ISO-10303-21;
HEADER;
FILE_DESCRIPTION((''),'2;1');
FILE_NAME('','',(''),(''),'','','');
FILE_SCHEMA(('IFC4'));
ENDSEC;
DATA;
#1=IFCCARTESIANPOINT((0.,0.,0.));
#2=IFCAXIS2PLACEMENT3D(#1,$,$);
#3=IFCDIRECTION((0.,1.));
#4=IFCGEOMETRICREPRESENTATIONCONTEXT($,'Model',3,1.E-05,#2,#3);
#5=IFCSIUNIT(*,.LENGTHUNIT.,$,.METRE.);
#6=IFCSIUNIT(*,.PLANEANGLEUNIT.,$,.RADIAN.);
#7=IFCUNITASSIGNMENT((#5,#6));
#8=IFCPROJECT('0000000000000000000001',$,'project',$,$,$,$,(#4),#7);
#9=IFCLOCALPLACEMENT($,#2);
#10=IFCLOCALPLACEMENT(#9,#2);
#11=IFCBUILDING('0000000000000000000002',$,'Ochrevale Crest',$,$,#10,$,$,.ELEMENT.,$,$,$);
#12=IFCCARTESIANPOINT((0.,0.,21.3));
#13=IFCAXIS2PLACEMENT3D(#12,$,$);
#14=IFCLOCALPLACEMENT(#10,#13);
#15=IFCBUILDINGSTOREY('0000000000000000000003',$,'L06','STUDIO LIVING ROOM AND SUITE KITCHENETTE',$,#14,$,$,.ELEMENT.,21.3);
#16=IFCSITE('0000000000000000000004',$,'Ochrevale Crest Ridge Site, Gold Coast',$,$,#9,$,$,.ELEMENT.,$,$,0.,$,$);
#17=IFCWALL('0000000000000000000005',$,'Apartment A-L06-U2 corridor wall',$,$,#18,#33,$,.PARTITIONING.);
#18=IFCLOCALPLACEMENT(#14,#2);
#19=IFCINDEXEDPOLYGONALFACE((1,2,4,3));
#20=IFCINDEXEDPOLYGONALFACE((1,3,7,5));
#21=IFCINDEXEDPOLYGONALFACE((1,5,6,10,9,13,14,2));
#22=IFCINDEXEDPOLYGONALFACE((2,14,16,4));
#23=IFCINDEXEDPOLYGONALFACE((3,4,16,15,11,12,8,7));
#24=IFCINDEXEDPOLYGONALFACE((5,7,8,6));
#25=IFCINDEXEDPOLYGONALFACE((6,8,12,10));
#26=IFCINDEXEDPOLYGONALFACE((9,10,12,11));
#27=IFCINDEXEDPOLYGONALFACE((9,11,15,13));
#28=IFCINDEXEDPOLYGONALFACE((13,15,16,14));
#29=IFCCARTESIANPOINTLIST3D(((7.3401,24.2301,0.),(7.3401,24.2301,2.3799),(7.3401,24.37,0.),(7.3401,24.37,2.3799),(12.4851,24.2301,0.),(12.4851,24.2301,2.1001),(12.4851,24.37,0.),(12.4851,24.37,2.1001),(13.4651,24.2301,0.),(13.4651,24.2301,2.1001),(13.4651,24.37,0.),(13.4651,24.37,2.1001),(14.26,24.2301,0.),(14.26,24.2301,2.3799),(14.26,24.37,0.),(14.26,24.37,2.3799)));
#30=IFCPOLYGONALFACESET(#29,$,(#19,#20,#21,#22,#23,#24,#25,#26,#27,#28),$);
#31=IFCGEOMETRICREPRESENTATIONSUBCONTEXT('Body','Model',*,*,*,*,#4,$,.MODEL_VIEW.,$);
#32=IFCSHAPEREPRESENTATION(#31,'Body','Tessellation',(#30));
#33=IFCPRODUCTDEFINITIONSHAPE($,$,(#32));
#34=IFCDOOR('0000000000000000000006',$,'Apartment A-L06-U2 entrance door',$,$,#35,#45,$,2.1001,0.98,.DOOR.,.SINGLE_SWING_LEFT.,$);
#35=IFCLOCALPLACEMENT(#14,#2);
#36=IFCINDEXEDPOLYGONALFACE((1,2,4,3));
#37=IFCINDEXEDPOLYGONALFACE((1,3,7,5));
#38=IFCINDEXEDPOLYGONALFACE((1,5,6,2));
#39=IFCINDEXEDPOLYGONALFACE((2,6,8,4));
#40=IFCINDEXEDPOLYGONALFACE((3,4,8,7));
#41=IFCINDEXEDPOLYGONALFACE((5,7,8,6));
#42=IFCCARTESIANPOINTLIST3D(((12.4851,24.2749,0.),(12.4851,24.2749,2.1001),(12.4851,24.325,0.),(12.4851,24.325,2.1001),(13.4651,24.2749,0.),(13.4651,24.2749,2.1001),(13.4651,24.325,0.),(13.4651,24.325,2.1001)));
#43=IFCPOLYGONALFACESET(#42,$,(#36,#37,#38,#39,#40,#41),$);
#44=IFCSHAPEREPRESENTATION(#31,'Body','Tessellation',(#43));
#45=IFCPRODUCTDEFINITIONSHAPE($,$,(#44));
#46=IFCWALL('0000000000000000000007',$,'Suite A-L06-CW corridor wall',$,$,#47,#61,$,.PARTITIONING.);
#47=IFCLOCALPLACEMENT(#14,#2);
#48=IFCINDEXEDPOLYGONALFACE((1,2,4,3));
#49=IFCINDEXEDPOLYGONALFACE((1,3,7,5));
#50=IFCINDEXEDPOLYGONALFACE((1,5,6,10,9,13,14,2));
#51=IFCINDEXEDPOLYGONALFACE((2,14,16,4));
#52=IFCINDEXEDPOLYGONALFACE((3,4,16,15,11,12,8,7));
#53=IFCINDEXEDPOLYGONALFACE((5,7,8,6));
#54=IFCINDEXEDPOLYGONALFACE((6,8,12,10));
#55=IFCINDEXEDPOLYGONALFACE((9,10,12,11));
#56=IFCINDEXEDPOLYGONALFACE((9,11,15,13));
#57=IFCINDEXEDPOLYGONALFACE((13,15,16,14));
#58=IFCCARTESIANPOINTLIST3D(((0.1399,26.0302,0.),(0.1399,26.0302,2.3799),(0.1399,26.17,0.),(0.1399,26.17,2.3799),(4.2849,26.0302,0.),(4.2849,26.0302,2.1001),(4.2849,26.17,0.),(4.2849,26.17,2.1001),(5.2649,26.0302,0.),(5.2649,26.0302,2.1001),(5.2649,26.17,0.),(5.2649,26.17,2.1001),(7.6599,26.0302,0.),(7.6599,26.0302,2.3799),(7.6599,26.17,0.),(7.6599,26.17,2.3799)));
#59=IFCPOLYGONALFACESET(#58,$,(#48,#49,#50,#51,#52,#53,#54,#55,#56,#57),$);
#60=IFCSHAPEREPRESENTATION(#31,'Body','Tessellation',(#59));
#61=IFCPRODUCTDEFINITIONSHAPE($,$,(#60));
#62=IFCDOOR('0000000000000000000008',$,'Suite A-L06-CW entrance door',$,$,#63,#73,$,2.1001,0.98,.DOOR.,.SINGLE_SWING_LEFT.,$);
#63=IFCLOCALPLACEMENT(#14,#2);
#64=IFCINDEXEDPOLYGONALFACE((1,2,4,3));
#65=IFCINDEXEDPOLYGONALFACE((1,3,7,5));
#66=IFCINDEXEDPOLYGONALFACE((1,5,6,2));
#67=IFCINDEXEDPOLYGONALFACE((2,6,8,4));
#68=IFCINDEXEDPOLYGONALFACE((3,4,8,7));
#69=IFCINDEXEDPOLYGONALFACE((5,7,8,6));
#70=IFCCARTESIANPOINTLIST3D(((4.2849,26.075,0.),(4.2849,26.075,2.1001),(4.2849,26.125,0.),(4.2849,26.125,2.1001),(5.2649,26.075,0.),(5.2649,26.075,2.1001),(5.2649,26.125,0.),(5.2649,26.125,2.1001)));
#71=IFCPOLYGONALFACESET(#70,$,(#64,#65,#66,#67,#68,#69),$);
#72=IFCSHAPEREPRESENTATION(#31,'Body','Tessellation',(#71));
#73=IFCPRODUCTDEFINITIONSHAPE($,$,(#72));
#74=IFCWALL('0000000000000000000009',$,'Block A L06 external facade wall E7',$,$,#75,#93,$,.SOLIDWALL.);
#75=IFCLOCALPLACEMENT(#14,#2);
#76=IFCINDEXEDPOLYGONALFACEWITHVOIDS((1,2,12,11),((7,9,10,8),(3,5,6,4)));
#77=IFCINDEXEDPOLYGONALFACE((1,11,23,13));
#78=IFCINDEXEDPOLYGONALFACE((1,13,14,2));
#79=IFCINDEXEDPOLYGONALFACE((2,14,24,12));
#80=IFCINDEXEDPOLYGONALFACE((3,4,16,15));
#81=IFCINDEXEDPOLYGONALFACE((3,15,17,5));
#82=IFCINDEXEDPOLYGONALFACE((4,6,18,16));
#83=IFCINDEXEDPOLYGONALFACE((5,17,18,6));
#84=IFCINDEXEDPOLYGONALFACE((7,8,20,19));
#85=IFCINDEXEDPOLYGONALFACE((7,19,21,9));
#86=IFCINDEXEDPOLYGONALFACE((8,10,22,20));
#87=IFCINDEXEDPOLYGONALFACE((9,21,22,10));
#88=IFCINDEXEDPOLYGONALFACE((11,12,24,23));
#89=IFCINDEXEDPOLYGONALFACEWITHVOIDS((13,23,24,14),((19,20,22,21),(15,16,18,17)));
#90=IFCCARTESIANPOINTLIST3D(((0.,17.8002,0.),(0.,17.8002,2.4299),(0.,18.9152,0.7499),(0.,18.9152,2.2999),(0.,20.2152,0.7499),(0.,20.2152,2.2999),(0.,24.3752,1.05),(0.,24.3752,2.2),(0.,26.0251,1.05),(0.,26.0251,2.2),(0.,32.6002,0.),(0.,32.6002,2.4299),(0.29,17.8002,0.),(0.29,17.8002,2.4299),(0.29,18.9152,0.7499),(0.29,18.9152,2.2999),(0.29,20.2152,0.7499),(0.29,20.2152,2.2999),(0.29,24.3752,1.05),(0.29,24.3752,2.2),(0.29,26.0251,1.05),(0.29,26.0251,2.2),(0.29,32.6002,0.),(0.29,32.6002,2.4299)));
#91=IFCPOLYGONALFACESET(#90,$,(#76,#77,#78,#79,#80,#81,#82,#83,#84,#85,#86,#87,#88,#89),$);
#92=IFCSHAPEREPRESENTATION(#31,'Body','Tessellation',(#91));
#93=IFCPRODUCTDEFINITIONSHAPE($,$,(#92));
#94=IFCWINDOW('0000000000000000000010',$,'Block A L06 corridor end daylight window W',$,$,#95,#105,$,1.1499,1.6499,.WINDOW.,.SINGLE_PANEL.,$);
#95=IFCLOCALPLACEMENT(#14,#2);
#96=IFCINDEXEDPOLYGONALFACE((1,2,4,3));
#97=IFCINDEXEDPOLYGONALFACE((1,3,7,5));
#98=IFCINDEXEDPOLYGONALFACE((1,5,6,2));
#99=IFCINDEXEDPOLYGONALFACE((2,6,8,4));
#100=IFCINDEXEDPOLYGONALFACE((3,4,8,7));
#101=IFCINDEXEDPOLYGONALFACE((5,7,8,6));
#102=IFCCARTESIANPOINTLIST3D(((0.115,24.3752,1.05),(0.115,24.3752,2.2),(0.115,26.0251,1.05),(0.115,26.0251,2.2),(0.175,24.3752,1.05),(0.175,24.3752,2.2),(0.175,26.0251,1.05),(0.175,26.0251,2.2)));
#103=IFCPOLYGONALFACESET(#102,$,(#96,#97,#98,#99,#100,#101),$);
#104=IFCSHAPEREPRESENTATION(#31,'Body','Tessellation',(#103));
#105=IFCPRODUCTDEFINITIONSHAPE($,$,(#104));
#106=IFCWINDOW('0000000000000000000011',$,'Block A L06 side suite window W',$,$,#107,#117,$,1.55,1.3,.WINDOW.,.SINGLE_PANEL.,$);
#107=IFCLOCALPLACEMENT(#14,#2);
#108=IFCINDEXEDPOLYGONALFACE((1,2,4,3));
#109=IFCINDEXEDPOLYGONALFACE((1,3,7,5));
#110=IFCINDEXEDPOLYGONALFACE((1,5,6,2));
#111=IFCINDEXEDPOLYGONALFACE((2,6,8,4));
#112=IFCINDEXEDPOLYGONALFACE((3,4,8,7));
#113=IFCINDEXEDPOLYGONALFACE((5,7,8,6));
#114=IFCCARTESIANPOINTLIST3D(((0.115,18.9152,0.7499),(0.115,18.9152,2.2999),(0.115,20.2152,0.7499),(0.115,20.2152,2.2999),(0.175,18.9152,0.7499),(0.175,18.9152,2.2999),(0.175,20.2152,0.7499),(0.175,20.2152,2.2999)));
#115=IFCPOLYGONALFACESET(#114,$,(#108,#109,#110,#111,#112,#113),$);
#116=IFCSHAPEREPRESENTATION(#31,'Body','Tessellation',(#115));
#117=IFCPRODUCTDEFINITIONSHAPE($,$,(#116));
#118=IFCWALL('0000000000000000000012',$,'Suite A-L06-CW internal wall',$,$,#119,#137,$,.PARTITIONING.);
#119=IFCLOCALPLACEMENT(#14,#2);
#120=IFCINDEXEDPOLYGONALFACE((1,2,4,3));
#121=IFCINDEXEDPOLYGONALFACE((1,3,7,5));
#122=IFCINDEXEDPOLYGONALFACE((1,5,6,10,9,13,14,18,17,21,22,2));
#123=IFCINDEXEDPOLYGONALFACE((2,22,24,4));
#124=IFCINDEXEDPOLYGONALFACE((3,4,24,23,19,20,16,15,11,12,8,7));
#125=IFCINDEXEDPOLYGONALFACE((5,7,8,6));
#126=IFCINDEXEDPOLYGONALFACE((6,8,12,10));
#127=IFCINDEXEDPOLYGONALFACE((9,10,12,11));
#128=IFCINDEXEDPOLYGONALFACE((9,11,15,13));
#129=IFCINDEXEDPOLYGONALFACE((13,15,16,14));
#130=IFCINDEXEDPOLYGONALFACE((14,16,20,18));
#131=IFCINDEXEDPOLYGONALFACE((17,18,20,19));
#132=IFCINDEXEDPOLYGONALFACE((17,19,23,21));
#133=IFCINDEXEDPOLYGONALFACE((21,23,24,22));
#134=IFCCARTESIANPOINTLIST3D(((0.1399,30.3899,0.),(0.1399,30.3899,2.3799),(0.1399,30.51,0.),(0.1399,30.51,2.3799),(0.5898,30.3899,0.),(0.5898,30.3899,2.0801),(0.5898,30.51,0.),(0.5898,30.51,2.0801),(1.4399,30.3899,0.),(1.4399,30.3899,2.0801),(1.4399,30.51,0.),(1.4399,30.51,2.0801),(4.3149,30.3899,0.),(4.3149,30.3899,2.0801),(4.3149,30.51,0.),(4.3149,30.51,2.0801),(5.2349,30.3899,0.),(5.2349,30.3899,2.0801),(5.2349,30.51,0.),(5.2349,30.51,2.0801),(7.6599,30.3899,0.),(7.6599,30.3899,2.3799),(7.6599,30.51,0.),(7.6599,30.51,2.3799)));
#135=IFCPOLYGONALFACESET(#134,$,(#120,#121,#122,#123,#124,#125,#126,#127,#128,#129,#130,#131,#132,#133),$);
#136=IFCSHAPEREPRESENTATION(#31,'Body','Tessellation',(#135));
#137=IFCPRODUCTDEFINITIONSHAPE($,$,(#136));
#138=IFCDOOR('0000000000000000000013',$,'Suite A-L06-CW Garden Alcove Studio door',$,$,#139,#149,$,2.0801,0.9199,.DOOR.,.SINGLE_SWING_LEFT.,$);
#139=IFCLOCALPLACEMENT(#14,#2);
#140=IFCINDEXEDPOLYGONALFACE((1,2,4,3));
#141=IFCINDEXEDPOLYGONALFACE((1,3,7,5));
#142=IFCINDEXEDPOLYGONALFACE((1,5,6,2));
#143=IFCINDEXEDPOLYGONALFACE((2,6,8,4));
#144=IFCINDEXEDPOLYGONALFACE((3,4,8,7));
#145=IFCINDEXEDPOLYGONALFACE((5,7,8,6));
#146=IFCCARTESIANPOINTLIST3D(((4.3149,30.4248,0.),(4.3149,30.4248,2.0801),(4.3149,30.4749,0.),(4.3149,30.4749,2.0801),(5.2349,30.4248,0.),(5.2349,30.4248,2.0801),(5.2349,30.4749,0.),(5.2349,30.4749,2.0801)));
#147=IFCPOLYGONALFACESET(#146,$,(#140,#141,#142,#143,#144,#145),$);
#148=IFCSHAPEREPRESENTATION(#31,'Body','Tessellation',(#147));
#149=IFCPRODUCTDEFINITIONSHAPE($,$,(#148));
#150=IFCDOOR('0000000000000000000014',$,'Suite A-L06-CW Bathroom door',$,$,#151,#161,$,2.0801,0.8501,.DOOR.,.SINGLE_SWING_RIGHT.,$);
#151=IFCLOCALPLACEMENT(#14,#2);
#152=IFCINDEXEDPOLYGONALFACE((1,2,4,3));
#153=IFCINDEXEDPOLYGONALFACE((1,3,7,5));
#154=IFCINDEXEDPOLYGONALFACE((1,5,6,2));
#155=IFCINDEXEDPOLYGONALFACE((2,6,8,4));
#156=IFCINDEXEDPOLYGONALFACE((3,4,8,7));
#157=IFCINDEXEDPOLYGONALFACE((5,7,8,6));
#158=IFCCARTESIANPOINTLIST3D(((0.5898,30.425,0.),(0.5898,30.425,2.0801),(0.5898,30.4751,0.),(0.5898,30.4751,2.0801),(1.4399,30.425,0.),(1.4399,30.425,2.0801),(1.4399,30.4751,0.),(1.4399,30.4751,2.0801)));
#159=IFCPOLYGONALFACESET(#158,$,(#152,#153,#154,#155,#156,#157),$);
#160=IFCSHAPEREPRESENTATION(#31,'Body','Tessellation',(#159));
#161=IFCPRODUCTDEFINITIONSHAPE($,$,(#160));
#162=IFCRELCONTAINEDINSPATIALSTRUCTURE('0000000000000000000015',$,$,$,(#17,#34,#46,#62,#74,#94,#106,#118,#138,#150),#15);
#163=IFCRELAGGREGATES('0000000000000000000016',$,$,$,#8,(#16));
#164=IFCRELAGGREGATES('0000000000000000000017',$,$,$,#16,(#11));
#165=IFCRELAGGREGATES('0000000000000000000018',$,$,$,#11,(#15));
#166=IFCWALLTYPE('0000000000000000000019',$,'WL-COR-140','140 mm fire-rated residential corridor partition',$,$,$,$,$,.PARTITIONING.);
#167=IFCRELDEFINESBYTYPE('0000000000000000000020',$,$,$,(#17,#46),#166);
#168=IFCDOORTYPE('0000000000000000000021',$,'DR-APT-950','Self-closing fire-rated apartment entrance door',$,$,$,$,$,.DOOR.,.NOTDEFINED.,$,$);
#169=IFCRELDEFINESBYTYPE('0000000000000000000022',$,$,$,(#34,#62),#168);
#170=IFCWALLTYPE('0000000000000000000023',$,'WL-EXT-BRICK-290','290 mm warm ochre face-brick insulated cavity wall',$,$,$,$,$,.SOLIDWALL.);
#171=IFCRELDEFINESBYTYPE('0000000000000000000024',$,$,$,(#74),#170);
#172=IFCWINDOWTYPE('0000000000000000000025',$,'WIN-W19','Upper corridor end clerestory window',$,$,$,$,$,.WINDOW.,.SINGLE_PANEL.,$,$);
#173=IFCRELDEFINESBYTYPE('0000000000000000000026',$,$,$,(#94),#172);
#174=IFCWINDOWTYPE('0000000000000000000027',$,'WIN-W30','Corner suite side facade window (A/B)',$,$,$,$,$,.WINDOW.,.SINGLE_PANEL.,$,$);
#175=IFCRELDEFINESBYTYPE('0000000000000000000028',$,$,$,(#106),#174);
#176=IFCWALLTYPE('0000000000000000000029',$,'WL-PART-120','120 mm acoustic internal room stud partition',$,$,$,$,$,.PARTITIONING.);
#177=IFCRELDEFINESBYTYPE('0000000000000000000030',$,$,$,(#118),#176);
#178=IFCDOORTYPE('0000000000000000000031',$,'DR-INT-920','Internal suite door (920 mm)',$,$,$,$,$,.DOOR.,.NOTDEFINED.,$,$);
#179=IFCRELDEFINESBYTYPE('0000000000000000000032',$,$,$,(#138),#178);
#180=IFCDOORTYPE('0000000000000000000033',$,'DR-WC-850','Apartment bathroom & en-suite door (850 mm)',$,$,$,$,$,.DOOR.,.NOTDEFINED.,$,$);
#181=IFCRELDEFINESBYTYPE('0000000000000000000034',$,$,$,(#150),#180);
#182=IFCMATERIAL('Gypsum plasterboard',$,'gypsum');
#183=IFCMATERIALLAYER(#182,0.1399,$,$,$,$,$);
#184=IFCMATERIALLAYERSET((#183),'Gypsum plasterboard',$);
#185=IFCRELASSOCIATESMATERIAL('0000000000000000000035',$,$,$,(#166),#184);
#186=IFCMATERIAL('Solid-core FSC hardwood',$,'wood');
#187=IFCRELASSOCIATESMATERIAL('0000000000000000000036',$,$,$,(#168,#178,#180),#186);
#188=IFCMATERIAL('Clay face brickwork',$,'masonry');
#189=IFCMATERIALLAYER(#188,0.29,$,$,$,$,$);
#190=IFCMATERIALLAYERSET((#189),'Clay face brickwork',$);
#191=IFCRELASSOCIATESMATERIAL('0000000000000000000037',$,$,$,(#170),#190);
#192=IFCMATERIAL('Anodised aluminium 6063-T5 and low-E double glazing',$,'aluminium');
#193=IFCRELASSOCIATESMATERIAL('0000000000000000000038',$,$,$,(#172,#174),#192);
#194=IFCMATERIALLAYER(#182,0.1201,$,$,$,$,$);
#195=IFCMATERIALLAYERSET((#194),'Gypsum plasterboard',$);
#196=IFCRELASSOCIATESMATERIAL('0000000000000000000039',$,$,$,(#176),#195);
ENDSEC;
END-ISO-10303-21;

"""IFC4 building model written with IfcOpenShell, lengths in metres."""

from ifc_helpers import new_model, si_unit, direction, frame, frame_2d, origin, place, context, subcontext, project, spatial, rectangle, extrude, material, layer, layer_set, type_object, element, fill, save


model = new_model("IFC4")

# Units and contexts
model_context = context("Model", 3, precision=1e-05, world=origin(), true_north=direction((0.0, 1.0)))
body_context = subcontext(model_context, "Body", "Model", "MODEL_VIEW")
ifc_project = project(units=[si_unit("LENGTHUNIT", "METRE"), si_unit("PLANEANGLEUNIT", "RADIAN")], contexts=[model_context])

# Site, building, storey
site_placement = place(None, origin())
site = spatial("IfcSite", under=ifc_project, at=site_placement, Name="Ochrevale Crest Ridge Site, Gold Coast", CompositionType="ELEMENT", RefElevation=0.0)
building_placement = place(site_placement, origin())
building = spatial("IfcBuilding", under=site, at=building_placement, Name="Ochrevale Crest", CompositionType="ELEMENT")
storey_placement = place(building_placement, frame((0.0, 0.0, 21.3)))
storey = spatial("IfcBuildingStorey", under=building, at=storey_placement, Name="L06", Description="STUDIO LIVING ROOM AND SUITE KITCHENETTE", CompositionType="ELEMENT", Elevation=21.3)

# Walls, openings, doors
ifc_material_1 = material(Name="Gypsum plasterboard", Category="gypsum")
ifc_layer_1 = layer(ifc_material_1, 0.1399)
ifc_layer_set_1 = layer_set([ifc_layer_1], Name="Gypsum plasterboard")
wall_type_1 = type_object("IfcWallType", Name="WL-COR-140", Description="140 mm fire-rated residential corridor partition", PredefinedType="PARTITIONING", material=ifc_layer_set_1)
ifc_material_2 = material(Name="Solid-core FSC hardwood", Category="wood")
door_type_1 = type_object("IfcDoorType", Name="DR-APT-950", Description="Self-closing fire-rated apartment entrance door", OperationType="NOTDEFINED", PredefinedType="DOOR", material=ifc_material_2)
wall_1_placement = place(storey_placement, frame((7.3401, 24.3, 0.0), z_axis=(0.0, 0.0, 1.0), x_axis=(1.0, 0.0, 0.0)))
wall_1 = element("IfcWall", 1, at=wall_1_placement, inside=storey, type_object=wall_type_1, Name="Apartment A-L06-U2 corridor wall", PredefinedType="PARTITIONING", context=body_context, shape_type="SweptSolid", body=[
    extrude(rectangle(XDim=6.9199, YDim=0.1399, at=frame_2d((3.46, 0.0))), origin(), (0.0, 0.0, 1.0), 2.3799),
])
opening_1_placement = place(wall_1_placement, frame((5.145, 0.0, 0.0)))
opening_1 = element("IfcOpeningElement", 2, at=opening_1_placement, cuts=wall_1, PredefinedType="OPENING", context=body_context, shape_type="SweptSolid", body=[
    extrude(rectangle(XDim=0.98, YDim=2.1001, at=frame_2d((0.49, 1.05))), frame((0.0, 0.0801, 0.0), z_axis=(0.0, -1.0, 0.0), x_axis=(1.0, 0.0, 0.0)), (0.0, 0.0, 1.0), 0.1599),
])
door_1_placement = place(opening_1_placement, origin())
door_1 = element("IfcDoor", 3, at=door_1_placement, inside=storey, type_object=door_type_1, Name="Apartment A-L06-U2 entrance door", OperationType="SINGLE_SWING_LEFT", OverallHeight=2.1001, OverallWidth=0.98, PredefinedType="DOOR", context=body_context, shape_type="SweptSolid", body=[
    extrude(rectangle(XDim=0.98, YDim=2.1001, at=frame_2d((0.49, 1.05))), frame((0.0, 0.0249, 0.0), z_axis=(0.0, -1.0, 0.0), x_axis=(1.0, 0.0, 0.0)), (0.0, 0.0, 1.0), 0.05),
])
fill(opening_1, door_1)
wall_2_placement = place(storey_placement, frame((0.1399, 26.1001, 0.0), z_axis=(0.0, 0.0, 1.0), x_axis=(1.0, 0.0, 0.0)))
wall_2 = element("IfcWall", 4, at=wall_2_placement, inside=storey, type_object=wall_type_1, Name="Suite A-L06-CW corridor wall", PredefinedType="PARTITIONING", context=body_context, shape_type="SweptSolid", body=[
    extrude(rectangle(XDim=7.52, YDim=0.1399, at=frame_2d((3.76, 0.0))), origin(), (0.0, 0.0, 1.0), 2.3799),
])
opening_2_placement = place(wall_2_placement, frame((4.145, 0.0, 0.0)))
opening_2 = element("IfcOpeningElement", 5, at=opening_2_placement, cuts=wall_2, PredefinedType="OPENING", context=body_context, shape_type="SweptSolid", body=[
    extrude(rectangle(XDim=0.98, YDim=2.1001, at=frame_2d((0.49, 1.05))), frame((0.0, 0.0801, 0.0), z_axis=(0.0, -1.0, 0.0), x_axis=(1.0, 0.0, 0.0)), (0.0, 0.0, 1.0), 0.1599),
])
door_2_placement = place(opening_2_placement, origin())
door_2 = element("IfcDoor", 6, at=door_2_placement, inside=storey, type_object=door_type_1, Name="Suite A-L06-CW entrance door", OperationType="SINGLE_SWING_LEFT", OverallHeight=2.1001, OverallWidth=0.98, PredefinedType="DOOR", context=body_context, shape_type="SweptSolid", body=[
    extrude(rectangle(XDim=0.98, YDim=2.1001, at=frame_2d((0.49, 1.05))), frame((0.0, 0.0249, 0.0), z_axis=(0.0, -1.0, 0.0), x_axis=(1.0, 0.0, 0.0)), (0.0, 0.0, 1.0), 0.05),
])
fill(opening_2, door_2)

# Wall, openings, windows
ifc_material_3 = material(Name="Clay face brickwork", Category="masonry")
ifc_layer_2 = layer(ifc_material_3, 0.29)
ifc_layer_set_2 = layer_set([ifc_layer_2], Name="Clay face brickwork")
wall_type_2 = type_object("IfcWallType", Name="WL-EXT-BRICK-290", Description="290 mm warm ochre face-brick insulated cavity wall", PredefinedType="SOLIDWALL", material=ifc_layer_set_2)
wall_3_placement = place(storey_placement, frame((0.145, 32.6001, 0.0), z_axis=(0.0, 0.0, 1.0), x_axis=(0.0, -1.0, 0.0)))
wall_3 = element("IfcWall", 7, at=wall_3_placement, inside=storey, type_object=wall_type_2, Name="Block A L06 external facade wall E7", PredefinedType="SOLIDWALL", context=body_context, shape_type="SweptSolid", body=[
    extrude(rectangle(XDim=14.8, YDim=0.29, at=frame_2d((7.3999, 0.0))), origin(), (0.0, 0.0, 1.0), 2.4299),
])
opening_3_placement = place(wall_3_placement, frame((6.575, 0.0, 1.05)))
opening_3 = element("IfcOpeningElement", 8, at=opening_3_placement, cuts=wall_3, PredefinedType="OPENING", context=body_context, shape_type="SweptSolid", body=[
    extrude(rectangle(XDim=1.6499, YDim=1.1499, at=frame_2d((0.825, 0.575))), frame((0.0, 0.155, 0.0), z_axis=(0.0, -1.0, 0.0), x_axis=(1.0, 0.0, 0.0)), (0.0, 0.0, 1.0), 0.3101),
])
opening_4_placement = place(wall_3_placement, frame((12.385, 0.0, 0.75)))
opening_4 = element("IfcOpeningElement", 9, at=opening_4_placement, cuts=wall_3, PredefinedType="OPENING", context=body_context, shape_type="SweptSolid", body=[
    extrude(rectangle(XDim=1.3, YDim=1.55, at=frame_2d((0.6499, 0.7749))), frame((0.0, 0.155, 0.0), z_axis=(0.0, -1.0, 0.0), x_axis=(1.0, 0.0, 0.0)), (0.0, 0.0, 1.0), 0.3101),
])
ifc_material_4 = material(Name="Anodised aluminium 6063-T5 and low-E double glazing", Category="aluminium")
window_type_1 = type_object("IfcWindowType", Name="WIN-W19", Description="Upper corridor end clerestory window", PartitioningType="SINGLE_PANEL", PredefinedType="WINDOW", material=ifc_material_4)
window_1_placement = place(opening_3_placement, origin())
window_1 = element("IfcWindow", 10, at=window_1_placement, inside=storey, type_object=window_type_1, Name="Block A L06 corridor end daylight window W", OverallHeight=1.1499, OverallWidth=1.6499, PartitioningType="SINGLE_PANEL", PredefinedType="WINDOW", context=body_context, shape_type="SweptSolid", body=[
    extrude(rectangle(XDim=1.6499, YDim=1.1499, at=frame_2d((0.825, 0.575))), frame((0.0, 0.03, 0.0), z_axis=(0.0, -1.0, 0.0), x_axis=(1.0, 0.0, 0.0)), (0.0, 0.0, 1.0), 0.0601),
])
fill(opening_3, window_1)
window_type_2 = type_object("IfcWindowType", Name="WIN-W30", Description="Corner suite side facade window (A/B)", PartitioningType="SINGLE_PANEL", PredefinedType="WINDOW", material=ifc_material_4)
window_2_placement = place(opening_4_placement, origin())
window_2 = element("IfcWindow", 11, at=window_2_placement, inside=storey, type_object=window_type_2, Name="Block A L06 side suite window W", OverallHeight=1.55, OverallWidth=1.3, PartitioningType="SINGLE_PANEL", PredefinedType="WINDOW", context=body_context, shape_type="SweptSolid", body=[
    extrude(rectangle(XDim=1.3, YDim=1.55, at=frame_2d((0.6499, 0.7749))), frame((0.0, 0.03, 0.0), z_axis=(0.0, -1.0, 0.0), x_axis=(1.0, 0.0, 0.0)), (0.0, 0.0, 1.0), 0.0601),
])
fill(opening_4, window_2)

# Wall, openings, doors
ifc_layer_3 = layer(ifc_material_1, 0.1201)
ifc_layer_set_3 = layer_set([ifc_layer_3], Name="Gypsum plasterboard")
wall_type_3 = type_object("IfcWallType", Name="WL-PART-120", Description="120 mm acoustic internal room stud partition", PredefinedType="PARTITIONING", material=ifc_layer_set_3)
wall_4_placement = place(storey_placement, frame((0.1399, 30.45, 0.0), z_axis=(0.0, 0.0, 1.0), x_axis=(1.0, 0.0, 0.0)))
wall_4 = element("IfcWall", 12, at=wall_4_placement, inside=storey, type_object=wall_type_3, Name="Suite A-L06-CW internal wall", PredefinedType="PARTITIONING", context=body_context, shape_type="SweptSolid", body=[
    extrude(rectangle(XDim=7.52, YDim=0.1201, at=frame_2d((3.76, 0.0))), origin(), (0.0, 0.0, 1.0), 2.3799),
])
opening_5_placement = place(wall_4_placement, frame((1.3, 0.0, 0.0), z_axis=(0.0, 0.0, 1.0), x_axis=(-1.0, 0.0, 0.0)))
opening_5 = element("IfcOpeningElement", 13, at=opening_5_placement, cuts=wall_4, PredefinedType="OPENING", context=body_context, shape_type="SweptSolid", body=[
    extrude(rectangle(XDim=0.8501, YDim=2.0801, at=frame_2d((0.425, 1.04))), frame((0.0, 0.0701, 0.0), z_axis=(0.0, -1.0, 0.0), x_axis=(1.0, 0.0, 0.0)), (0.0, 0.0, 1.0), 0.1401),
])
opening_6_placement = place(wall_4_placement, frame((4.175, 0.0, 0.0)))
opening_6 = element("IfcOpeningElement", 14, at=opening_6_placement, cuts=wall_4, PredefinedType="OPENING", context=body_context, shape_type="SweptSolid", body=[
    extrude(rectangle(XDim=0.9199, YDim=2.0801, at=frame_2d((0.46, 1.04))), frame((0.0, 0.0701, 0.0), z_axis=(0.0, -1.0, 0.0), x_axis=(1.0, 0.0, 0.0)), (0.0, 0.0, 1.0), 0.1401),
])
door_type_2 = type_object("IfcDoorType", Name="DR-INT-920", Description="Internal suite door (920 mm)", OperationType="NOTDEFINED", PredefinedType="DOOR", material=ifc_material_2)
door_3_placement = place(opening_6_placement, origin())
door_3 = element("IfcDoor", 15, at=door_3_placement, inside=storey, type_object=door_type_2, Name="Suite A-L06-CW Garden Alcove Studio door", OperationType="SINGLE_SWING_LEFT", OverallHeight=2.0801, OverallWidth=0.9199, PredefinedType="DOOR", context=body_context, shape_type="SweptSolid", body=[
    extrude(rectangle(XDim=0.9199, YDim=2.0801, at=frame_2d((0.46, 1.04))), frame((0.0, 0.0249, 0.0), z_axis=(0.0, -1.0, 0.0), x_axis=(1.0, 0.0, 0.0)), (0.0, 0.0, 1.0), 0.05),
])
fill(opening_6, door_3)
door_type_3 = type_object("IfcDoorType", Name="DR-WC-850", Description="Apartment bathroom & en-suite door (850 mm)", OperationType="NOTDEFINED", PredefinedType="DOOR", material=ifc_material_2)
door_4_placement = place(opening_5_placement, origin())
door_4 = element("IfcDoor", 16, at=door_4_placement, inside=storey, type_object=door_type_3, Name="Suite A-L06-CW Bathroom door", OperationType="SINGLE_SWING_RIGHT", OverallHeight=2.0801, OverallWidth=0.8501, PredefinedType="DOOR", context=body_context, shape_type="SweptSolid", body=[
    extrude(rectangle(XDim=0.8501, YDim=2.0801, at=frame_2d((0.425, 1.04))), frame((0.0, 0.0249, 0.0), z_axis=(0.0, -1.0, 0.0), x_axis=(1.0, 0.0, 0.0)), (0.0, 0.0, 1.0), 0.05),
])
fill(opening_5, door_4)

save(model, "model.ifc")
